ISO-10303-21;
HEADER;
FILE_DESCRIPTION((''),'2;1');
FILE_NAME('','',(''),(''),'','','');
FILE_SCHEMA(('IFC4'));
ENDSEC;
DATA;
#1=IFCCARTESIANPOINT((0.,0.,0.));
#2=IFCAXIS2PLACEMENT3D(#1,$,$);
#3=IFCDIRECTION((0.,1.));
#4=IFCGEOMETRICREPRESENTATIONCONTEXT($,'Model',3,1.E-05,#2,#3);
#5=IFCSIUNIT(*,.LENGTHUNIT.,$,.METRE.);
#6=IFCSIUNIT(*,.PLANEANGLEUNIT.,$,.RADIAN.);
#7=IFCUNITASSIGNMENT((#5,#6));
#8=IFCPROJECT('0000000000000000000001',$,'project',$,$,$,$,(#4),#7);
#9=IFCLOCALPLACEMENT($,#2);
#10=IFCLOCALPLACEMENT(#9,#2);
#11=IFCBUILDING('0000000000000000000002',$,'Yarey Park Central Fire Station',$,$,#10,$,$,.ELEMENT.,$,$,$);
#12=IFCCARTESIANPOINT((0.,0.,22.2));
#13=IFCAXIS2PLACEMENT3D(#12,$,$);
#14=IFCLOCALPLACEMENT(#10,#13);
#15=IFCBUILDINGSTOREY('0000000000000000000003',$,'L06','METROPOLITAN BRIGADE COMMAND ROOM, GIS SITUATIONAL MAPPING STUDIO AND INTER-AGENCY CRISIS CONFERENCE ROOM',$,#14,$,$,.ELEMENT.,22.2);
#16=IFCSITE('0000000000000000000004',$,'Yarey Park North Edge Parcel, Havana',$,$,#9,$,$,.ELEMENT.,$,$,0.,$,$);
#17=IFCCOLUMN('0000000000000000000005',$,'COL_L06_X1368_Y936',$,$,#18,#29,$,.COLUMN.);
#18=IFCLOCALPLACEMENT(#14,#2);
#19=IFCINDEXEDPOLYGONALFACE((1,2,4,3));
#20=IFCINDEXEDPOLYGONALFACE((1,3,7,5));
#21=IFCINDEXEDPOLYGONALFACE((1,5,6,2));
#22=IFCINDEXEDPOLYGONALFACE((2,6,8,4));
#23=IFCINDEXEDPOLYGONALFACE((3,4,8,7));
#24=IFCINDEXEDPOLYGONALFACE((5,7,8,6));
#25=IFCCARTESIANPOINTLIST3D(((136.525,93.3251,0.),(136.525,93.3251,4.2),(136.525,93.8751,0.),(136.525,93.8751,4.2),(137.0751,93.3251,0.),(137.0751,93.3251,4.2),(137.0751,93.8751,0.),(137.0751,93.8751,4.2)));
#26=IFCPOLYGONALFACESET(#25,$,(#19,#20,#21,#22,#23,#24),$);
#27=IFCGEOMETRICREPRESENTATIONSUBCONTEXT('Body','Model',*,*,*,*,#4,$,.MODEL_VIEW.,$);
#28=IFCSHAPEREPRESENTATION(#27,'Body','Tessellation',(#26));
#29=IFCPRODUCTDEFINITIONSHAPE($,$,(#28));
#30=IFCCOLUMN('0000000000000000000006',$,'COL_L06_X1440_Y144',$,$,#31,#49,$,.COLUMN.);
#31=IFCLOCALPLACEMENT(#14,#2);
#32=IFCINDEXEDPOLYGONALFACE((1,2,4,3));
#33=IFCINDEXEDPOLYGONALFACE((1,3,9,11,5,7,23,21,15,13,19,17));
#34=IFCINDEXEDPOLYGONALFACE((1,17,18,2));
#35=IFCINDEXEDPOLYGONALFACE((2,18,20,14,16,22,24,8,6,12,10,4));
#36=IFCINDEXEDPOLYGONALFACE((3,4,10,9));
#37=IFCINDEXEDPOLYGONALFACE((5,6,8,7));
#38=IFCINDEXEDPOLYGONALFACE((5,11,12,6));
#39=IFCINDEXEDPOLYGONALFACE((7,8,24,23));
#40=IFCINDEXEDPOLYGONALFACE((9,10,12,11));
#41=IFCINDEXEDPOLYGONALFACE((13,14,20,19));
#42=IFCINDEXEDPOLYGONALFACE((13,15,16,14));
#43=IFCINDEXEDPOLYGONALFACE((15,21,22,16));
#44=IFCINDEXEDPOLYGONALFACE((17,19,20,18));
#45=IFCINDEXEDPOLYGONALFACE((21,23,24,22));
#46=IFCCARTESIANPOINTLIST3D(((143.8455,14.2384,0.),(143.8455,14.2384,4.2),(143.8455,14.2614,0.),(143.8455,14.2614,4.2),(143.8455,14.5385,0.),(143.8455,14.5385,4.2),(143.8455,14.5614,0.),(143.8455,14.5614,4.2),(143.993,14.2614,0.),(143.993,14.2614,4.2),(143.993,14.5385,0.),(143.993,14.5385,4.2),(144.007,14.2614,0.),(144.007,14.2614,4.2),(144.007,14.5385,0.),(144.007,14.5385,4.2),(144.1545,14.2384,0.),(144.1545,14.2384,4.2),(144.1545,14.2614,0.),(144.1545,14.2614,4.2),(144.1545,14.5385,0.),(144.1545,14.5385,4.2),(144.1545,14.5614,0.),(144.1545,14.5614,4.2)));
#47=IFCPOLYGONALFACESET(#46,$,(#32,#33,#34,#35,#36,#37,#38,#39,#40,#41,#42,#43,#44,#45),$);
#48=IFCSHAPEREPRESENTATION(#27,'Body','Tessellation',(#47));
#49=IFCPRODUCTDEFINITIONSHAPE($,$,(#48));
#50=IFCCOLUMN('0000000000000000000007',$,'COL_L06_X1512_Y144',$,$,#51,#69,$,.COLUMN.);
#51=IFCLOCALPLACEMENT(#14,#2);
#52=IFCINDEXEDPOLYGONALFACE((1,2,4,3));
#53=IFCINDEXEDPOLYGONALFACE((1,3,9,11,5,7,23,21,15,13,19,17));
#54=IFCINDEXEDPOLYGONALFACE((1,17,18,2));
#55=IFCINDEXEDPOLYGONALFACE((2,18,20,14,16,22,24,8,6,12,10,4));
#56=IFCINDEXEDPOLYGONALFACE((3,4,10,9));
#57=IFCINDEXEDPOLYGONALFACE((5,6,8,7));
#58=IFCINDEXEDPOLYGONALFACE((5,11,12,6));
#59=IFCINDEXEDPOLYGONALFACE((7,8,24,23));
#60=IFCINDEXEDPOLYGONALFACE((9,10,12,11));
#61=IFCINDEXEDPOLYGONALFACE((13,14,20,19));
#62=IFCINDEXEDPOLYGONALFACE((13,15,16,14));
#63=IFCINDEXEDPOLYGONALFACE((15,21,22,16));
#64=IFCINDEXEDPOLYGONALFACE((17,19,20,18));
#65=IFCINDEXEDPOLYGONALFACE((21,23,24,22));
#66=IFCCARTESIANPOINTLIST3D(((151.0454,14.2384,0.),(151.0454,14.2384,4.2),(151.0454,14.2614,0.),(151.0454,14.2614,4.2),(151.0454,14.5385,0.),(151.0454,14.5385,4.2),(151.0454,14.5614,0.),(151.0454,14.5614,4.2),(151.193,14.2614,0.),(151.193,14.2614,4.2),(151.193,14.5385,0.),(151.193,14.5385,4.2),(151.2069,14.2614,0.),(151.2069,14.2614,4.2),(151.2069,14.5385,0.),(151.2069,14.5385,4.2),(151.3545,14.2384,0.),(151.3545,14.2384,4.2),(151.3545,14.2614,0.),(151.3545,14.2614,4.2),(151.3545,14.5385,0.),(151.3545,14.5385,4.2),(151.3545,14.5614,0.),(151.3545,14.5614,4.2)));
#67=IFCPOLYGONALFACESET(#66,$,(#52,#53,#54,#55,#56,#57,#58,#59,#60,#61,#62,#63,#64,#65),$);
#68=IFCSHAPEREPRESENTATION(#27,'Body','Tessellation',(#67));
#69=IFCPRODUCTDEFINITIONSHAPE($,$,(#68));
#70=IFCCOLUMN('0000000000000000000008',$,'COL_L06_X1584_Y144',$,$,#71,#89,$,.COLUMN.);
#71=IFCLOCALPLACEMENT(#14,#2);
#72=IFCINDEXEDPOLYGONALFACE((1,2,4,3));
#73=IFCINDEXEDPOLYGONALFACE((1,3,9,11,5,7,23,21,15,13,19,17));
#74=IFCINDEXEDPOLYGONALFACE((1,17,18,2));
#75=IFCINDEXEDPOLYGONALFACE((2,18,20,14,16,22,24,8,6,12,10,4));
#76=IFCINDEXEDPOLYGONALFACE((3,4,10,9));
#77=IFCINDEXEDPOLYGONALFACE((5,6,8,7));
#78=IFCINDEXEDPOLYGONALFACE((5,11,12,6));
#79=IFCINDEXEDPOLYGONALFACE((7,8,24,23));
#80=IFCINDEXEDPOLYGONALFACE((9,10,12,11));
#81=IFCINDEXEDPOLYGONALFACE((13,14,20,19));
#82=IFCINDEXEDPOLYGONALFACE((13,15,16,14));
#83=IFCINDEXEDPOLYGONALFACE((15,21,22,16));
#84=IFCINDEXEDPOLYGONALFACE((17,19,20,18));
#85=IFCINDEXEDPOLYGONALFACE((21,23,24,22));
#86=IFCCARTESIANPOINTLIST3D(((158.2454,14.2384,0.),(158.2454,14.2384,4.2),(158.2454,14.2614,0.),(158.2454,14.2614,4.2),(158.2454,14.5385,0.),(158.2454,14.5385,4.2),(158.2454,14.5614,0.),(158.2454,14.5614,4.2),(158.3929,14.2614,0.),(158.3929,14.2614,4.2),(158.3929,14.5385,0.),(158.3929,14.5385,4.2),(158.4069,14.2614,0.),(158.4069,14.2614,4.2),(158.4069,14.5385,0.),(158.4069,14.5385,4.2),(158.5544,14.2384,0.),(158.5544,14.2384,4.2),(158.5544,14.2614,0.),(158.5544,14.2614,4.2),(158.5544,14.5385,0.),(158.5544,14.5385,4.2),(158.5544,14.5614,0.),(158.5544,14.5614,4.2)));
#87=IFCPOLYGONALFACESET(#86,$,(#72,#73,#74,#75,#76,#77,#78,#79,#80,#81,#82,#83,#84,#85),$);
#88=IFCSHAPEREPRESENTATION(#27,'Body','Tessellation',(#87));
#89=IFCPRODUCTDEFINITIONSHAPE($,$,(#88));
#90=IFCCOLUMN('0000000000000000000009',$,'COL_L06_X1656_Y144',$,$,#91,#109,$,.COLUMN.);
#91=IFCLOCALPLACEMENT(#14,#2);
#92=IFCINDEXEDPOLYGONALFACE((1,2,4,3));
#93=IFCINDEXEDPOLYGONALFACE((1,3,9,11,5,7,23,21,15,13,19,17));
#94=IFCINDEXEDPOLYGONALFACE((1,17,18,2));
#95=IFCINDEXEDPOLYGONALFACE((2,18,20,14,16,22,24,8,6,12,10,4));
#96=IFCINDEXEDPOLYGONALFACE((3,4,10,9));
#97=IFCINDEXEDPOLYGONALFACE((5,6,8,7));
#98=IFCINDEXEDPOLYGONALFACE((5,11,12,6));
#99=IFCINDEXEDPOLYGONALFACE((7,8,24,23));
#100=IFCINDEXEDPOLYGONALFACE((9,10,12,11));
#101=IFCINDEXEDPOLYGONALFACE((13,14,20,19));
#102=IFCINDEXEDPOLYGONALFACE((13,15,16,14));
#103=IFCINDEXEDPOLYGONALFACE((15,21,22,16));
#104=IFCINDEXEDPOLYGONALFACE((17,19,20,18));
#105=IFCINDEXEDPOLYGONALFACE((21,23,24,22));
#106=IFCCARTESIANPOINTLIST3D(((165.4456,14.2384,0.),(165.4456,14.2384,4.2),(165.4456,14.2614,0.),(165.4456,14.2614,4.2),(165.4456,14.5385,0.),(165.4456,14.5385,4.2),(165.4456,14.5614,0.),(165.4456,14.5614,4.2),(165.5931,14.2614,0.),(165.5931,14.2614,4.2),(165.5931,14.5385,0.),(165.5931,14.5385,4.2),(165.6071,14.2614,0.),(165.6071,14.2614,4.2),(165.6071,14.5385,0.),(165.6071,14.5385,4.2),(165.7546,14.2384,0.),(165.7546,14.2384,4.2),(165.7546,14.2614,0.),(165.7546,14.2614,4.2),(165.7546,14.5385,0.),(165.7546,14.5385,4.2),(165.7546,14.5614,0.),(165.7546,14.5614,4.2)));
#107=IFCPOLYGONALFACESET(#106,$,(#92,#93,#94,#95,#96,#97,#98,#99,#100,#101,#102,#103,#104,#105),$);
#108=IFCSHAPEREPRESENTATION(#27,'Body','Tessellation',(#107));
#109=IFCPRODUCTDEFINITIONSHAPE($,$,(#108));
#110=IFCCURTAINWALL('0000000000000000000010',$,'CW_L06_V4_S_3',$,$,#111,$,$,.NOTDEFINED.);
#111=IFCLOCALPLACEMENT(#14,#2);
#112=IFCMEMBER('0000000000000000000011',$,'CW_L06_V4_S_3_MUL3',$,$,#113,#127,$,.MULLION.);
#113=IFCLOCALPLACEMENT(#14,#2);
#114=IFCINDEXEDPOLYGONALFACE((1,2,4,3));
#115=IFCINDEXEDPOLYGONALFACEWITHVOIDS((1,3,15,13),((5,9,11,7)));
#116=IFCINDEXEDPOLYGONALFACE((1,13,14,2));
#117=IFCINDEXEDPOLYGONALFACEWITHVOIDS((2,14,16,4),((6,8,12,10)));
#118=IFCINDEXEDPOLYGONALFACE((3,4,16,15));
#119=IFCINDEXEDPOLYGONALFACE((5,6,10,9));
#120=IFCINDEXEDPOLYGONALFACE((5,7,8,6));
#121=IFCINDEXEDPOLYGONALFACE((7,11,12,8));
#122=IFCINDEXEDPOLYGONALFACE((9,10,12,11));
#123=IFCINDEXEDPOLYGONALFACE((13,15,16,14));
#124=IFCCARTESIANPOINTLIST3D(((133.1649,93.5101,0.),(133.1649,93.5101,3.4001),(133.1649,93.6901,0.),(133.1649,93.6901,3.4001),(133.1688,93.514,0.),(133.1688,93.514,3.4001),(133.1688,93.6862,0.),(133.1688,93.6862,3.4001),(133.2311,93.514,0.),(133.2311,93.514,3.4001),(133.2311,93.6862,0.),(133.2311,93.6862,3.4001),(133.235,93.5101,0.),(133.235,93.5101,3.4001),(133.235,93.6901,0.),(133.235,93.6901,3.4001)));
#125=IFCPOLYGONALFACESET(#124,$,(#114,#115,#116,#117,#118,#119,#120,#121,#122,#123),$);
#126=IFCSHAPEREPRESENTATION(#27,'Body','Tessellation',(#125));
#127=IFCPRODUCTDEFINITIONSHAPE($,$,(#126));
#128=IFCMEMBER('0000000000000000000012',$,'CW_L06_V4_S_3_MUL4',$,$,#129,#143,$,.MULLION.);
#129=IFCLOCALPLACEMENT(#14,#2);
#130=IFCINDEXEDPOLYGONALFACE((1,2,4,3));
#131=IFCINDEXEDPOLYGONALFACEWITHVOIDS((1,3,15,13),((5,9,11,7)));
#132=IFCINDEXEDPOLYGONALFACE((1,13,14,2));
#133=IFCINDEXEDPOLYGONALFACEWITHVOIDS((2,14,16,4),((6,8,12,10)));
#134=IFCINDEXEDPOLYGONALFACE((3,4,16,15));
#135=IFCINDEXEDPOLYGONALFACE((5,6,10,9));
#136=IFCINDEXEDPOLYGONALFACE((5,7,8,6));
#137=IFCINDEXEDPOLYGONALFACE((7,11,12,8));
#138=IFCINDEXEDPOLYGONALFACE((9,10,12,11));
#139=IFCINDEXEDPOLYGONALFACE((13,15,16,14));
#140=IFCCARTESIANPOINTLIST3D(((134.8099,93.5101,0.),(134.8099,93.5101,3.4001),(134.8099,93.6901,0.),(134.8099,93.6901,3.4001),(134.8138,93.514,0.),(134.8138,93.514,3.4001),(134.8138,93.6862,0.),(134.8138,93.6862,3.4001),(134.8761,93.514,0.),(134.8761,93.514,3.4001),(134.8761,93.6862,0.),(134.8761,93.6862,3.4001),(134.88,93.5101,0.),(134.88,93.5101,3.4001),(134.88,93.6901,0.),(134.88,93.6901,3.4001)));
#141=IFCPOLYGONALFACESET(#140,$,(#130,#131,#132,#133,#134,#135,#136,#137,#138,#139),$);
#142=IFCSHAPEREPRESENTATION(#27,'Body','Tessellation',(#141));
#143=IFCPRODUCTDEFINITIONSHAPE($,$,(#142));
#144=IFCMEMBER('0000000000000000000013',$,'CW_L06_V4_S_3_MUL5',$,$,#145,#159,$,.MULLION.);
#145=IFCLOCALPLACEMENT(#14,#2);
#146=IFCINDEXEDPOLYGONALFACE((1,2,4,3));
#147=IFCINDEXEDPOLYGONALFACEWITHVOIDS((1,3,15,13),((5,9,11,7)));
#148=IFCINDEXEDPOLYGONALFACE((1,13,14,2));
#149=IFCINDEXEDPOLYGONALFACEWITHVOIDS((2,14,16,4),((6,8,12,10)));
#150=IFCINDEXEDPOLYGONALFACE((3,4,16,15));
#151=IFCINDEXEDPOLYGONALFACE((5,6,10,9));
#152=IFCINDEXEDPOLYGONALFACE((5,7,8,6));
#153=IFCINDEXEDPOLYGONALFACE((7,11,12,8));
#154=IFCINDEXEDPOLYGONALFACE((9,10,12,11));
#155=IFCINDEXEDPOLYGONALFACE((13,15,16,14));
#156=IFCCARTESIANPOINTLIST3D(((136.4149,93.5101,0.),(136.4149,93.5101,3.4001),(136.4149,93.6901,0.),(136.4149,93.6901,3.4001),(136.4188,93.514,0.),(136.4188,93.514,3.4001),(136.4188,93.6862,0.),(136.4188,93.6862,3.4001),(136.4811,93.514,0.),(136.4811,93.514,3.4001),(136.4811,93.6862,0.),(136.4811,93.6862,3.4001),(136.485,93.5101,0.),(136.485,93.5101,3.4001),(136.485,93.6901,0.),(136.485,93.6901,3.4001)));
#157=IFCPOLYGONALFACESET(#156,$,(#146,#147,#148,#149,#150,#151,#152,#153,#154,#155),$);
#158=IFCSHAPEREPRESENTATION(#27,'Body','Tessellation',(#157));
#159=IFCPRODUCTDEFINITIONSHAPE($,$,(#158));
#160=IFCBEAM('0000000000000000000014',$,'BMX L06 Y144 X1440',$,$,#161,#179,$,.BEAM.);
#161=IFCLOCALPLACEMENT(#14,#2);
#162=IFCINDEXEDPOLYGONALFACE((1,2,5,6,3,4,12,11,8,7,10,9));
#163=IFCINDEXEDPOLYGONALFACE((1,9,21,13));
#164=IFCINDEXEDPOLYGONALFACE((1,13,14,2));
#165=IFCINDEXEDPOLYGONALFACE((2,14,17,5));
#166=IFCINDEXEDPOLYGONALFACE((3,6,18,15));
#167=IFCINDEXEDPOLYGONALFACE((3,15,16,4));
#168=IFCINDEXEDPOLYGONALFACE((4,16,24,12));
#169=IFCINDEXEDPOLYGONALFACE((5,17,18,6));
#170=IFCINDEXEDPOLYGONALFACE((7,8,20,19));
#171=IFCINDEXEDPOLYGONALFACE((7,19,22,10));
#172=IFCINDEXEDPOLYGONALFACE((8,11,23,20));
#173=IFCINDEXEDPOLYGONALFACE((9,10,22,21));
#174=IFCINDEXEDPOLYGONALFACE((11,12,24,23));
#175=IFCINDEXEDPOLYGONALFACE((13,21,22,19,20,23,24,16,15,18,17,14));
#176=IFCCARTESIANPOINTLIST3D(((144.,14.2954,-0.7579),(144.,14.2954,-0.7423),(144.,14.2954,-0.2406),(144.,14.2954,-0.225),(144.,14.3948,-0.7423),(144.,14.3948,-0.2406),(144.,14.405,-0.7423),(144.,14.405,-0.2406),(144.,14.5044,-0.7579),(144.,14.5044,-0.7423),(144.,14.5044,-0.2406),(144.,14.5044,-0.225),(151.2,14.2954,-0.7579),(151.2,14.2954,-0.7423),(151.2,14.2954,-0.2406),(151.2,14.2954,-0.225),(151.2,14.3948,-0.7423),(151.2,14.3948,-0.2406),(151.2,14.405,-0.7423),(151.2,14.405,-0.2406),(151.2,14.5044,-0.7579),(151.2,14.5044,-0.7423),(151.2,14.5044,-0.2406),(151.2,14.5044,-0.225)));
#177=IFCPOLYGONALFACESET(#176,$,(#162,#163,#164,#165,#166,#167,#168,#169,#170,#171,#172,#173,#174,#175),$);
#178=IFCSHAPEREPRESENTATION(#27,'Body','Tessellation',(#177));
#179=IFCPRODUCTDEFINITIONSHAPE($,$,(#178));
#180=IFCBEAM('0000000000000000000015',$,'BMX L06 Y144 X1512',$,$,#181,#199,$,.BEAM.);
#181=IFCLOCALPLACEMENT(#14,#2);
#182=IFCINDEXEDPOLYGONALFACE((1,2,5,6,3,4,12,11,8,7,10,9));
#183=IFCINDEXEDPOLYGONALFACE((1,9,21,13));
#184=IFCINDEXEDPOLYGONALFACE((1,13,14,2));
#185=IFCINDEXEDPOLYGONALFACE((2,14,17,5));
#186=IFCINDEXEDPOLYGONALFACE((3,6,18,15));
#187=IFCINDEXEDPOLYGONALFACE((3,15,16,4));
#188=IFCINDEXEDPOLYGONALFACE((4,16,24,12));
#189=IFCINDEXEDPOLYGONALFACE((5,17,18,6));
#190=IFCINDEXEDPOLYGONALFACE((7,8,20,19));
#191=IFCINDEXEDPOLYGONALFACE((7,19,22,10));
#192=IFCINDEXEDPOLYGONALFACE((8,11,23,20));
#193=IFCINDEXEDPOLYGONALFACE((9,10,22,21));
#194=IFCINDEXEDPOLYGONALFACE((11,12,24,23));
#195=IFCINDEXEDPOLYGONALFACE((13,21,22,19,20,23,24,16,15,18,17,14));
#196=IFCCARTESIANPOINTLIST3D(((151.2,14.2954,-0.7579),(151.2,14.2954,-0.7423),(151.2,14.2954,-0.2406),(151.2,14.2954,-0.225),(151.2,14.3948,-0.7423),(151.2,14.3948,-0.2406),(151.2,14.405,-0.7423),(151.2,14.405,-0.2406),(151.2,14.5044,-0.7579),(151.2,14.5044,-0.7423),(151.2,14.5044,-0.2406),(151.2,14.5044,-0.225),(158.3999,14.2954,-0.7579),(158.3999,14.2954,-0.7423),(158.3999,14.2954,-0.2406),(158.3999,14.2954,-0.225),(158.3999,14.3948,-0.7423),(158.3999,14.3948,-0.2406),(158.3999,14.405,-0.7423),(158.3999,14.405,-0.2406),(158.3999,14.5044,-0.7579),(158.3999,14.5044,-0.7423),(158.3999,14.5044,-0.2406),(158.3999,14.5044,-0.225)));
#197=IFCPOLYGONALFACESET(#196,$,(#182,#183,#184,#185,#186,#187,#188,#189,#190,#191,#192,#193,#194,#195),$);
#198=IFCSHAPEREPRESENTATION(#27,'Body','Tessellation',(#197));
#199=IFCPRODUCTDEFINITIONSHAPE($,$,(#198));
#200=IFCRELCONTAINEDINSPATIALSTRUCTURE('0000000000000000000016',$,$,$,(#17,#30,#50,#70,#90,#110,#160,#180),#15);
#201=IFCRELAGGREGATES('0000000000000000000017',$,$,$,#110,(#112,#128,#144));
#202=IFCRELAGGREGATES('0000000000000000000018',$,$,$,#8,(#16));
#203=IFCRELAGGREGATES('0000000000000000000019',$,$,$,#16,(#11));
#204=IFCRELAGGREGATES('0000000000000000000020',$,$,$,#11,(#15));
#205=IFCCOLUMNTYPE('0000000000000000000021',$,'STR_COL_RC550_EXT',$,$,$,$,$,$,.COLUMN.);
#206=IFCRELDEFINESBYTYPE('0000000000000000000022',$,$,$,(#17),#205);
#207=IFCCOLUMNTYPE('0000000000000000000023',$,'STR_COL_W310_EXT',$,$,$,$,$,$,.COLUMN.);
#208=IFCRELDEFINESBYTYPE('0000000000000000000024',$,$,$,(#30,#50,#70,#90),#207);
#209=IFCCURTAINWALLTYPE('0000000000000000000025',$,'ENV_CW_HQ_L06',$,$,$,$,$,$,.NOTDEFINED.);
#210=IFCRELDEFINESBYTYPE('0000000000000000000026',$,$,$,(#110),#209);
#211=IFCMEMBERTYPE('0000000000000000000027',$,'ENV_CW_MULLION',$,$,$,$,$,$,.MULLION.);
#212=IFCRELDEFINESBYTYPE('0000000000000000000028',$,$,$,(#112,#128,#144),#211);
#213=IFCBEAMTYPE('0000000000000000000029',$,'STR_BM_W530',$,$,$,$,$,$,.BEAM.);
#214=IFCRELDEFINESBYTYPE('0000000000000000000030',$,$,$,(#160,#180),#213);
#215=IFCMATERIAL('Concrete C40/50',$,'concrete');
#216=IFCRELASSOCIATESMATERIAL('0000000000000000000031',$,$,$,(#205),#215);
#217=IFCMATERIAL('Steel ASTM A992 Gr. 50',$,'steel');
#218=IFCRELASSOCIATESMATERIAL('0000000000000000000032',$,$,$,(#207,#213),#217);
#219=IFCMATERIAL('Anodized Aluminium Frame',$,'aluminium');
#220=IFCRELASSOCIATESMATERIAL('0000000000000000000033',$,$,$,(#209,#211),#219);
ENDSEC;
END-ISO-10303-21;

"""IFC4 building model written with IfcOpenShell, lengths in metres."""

from ifc_helpers import new_model, si_unit, direction, frame, origin, origin_2d, place, context, subcontext, project, spatial, rectangle, hollow_rectangle, i_section, extrude, material, material_profile, profile_set, type_object, element, aggregate, save


model = new_model("IFC4")

# Units and contexts
model_context = context("Model", 3, precision=1e-05, world=origin(), true_north=direction((0.0, 1.0)))
body_context = subcontext(model_context, "Body", "Model", "MODEL_VIEW")
ifc_project = project(units=[si_unit("LENGTHUNIT", "METRE"), si_unit("PLANEANGLEUNIT", "RADIAN")], contexts=[model_context])

# Site, building, storey
site_placement = place(None, origin())
site = spatial("IfcSite", under=ifc_project, at=site_placement, Name="Yarey Park North Edge Parcel, Havana", CompositionType="ELEMENT", RefElevation=0.0)
building_placement = place(site_placement, origin())
building = spatial("IfcBuilding", under=site, at=building_placement, Name="Yarey Park Central Fire Station", CompositionType="ELEMENT")
storey_placement = place(building_placement, frame((0.0, 0.0, 22.2)))
storey = spatial("IfcBuildingStorey", under=building, at=storey_placement, Name="L06", Description="METROPOLITAN BRIGADE COMMAND ROOM, GIS SITUATIONAL MAPPING STUDIO AND INTER-AGENCY CRISIS CONFERENCE ROOM", CompositionType="ELEMENT", Elevation=22.2)

# Columns
ifc_material_1 = material(Name="Concrete C40/50", Category="concrete")
ifc_material_profile_1 = material_profile(ifc_material_1, rectangle(XDim=0.55, YDim=0.55, at=origin_2d()), Name="RC 550x550")
ifc_profile_set_1 = profile_set([ifc_material_profile_1], Name="Concrete C40/50")
column_type_1 = type_object("IfcColumnType", Name="STR_COL_RC550_EXT", PredefinedType="COLUMN", material=ifc_profile_set_1)
column_placement = place(storey_placement, frame((136.8, 93.6001, 0.0), z_axis=(0.0, 0.0, 1.0), x_axis=(1.0, 0.0, 0.0)))
element("IfcColumn", 1, at=column_placement, inside=storey, type_object=column_type_1, Name="COL_L06_X1368_Y936", PredefinedType="COLUMN", context=body_context, shape_type="SweptSolid", body=[
    extrude(rectangle(XDim=0.55, YDim=0.55, at=origin_2d()), origin(), (0.0, 0.0, 1.0), 4.2),
])
ifc_material_2 = material(Name="Steel ASTM A992 Gr. 50", Category="steel")
ifc_material_profile_2 = material_profile(ifc_material_2, i_section(OverallWidth=0.3091, OverallDepth=0.323, WebThickness=0.0139, FlangeThickness=0.0229, at=origin_2d()), Name="W310x143")
ifc_profile_set_2 = profile_set([ifc_material_profile_2], Name="Steel ASTM A992 Gr. 50")
column_type_2 = type_object("IfcColumnType", Name="STR_COL_W310_EXT", PredefinedType="COLUMN", material=ifc_profile_set_2)
for number, where, z_axis, x_axis, name in (
    (2, (144.0, 14.3999, 0.0), (0.0, 0.0, 1.0), (1.0, 0.0, 0.0), "COL_L06_X1440_Y144"),
    (3, (151.2, 14.3999, 0.0), (0.0, 0.0, 1.0), (1.0, 0.0, 0.0), "COL_L06_X1512_Y144"),
    (4, (158.3999, 14.3999, 0.0), (0.0, 0.0, 1.0), (1.0, 0.0, 0.0), "COL_L06_X1584_Y144"),
    (5, (165.6001, 14.3999, 0.0), (0.0, 0.0, 1.0), (1.0, 0.0, 0.0), "COL_L06_X1656_Y144"),
):
    element("IfcColumn", number, at=place(storey_placement, frame(where, z_axis=z_axis, x_axis=x_axis)), inside=storey, type_object=column_type_2, Name=name, PredefinedType="COLUMN", context=body_context, shape_type="SweptSolid", body=[
        extrude(i_section(OverallWidth=0.3091, OverallDepth=0.323, WebThickness=0.0139, FlangeThickness=0.0229, at=origin_2d()), origin(), (0.0, 0.0, 1.0), 4.2),
    ])

# Curtain wall, members
ifc_material_3 = material(Name="Anodized Aluminium Frame", Category="aluminium")
curtain_wall_type = type_object("IfcCurtainWallType", Name="ENV_CW_HQ_L06", PredefinedType="NOTDEFINED", material=ifc_material_3)
curtain_wall_placement = place(storey_placement, origin())
curtain_wall = element("IfcCurtainWall", 6, at=curtain_wall_placement, inside=storey, type_object=curtain_wall_type, Name="CW_L06_V4_S_3", PredefinedType="NOTDEFINED")
ifc_material_profile_3 = material_profile(ifc_material_3, hollow_rectangle(XDim=0.0701, YDim=0.1799, WallThickness=0.0039, at=origin_2d()), Name="ALU 180x70x4")
ifc_profile_set_3 = profile_set([ifc_material_profile_3], Name="Anodized Aluminium Frame")
member_type = type_object("IfcMemberType", Name="ENV_CW_MULLION", PredefinedType="MULLION", material=ifc_profile_set_3)
member_1_placement = place(storey_placement, frame((133.2, 93.6001, 0.0), z_axis=(0.0, 0.0, 1.0), x_axis=(1.0, 0.0, 0.0)))
member_1 = element("IfcMember", 7, at=member_1_placement, type_object=member_type, Name="CW_L06_V4_S_3_MUL3", PredefinedType="MULLION", context=body_context, shape_type="SweptSolid", body=[
    extrude(hollow_rectangle(XDim=0.0701, YDim=0.1799, WallThickness=0.0039, at=origin_2d()), origin(), (0.0, 0.0, 1.0), 3.4001),
])
member_2_placement = place(storey_placement, frame((134.845, 93.6001, 0.0), z_axis=(0.0, 0.0, 1.0), x_axis=(1.0, 0.0, 0.0)))
member_2 = element("IfcMember", 8, at=member_2_placement, type_object=member_type, Name="CW_L06_V4_S_3_MUL4", PredefinedType="MULLION", context=body_context, shape_type="SweptSolid", body=[
    extrude(hollow_rectangle(XDim=0.0701, YDim=0.1799, WallThickness=0.0039, at=origin_2d()), origin(), (0.0, 0.0, 1.0), 3.4001),
])
member_3_placement = place(storey_placement, frame((136.45, 93.6001, 0.0), z_axis=(0.0, 0.0, 1.0), x_axis=(1.0, 0.0, 0.0)))
member_3 = element("IfcMember", 9, at=member_3_placement, type_object=member_type, Name="CW_L06_V4_S_3_MUL5", PredefinedType="MULLION", context=body_context, shape_type="SweptSolid", body=[
    extrude(hollow_rectangle(XDim=0.0701, YDim=0.1799, WallThickness=0.0039, at=origin_2d()), origin(), (0.0, 0.0, 1.0), 3.4001),
])

# Beams
ifc_material_profile_4 = material_profile(ifc_material_2, i_section(OverallWidth=0.209, OverallDepth=0.533, WebThickness=0.0103, FlangeThickness=0.0156, at=origin_2d()), Name="W530x92")
ifc_profile_set_4 = profile_set([ifc_material_profile_4], Name="Steel ASTM A992 Gr. 50")
beam_type_1 = type_object("IfcBeamType", Name="STR_BM_W530", PredefinedType="BEAM", material=ifc_profile_set_4)
for number, where, z_axis, x_axis, name in (
    (10, (144.0, 14.3999, -0.4915), (1.0, 0.0, 0.0), (0.0, 1.0, 0.0), "BMX L06 Y144 X1440"),
    (11, (151.2, 14.3999, -0.4915), (1.0, 0.0, 0.0), (0.0, 1.0, 0.0), "BMX L06 Y144 X1512"),
):
    element("IfcBeam", number, at=place(storey_placement, frame(where, z_axis=z_axis, x_axis=x_axis)), inside=storey, type_object=beam_type_1, Name=name, PredefinedType="BEAM", context=body_context, shape_type="SweptSolid", body=[
        extrude(i_section(OverallWidth=0.209, OverallDepth=0.533, WebThickness=0.0103, FlangeThickness=0.0156, at=origin_2d()), origin(), (0.0, 0.0, 1.0), 7.2),
    ])

aggregate(curtain_wall, [member_1, member_2, member_3])

save(model, "model.ifc")
